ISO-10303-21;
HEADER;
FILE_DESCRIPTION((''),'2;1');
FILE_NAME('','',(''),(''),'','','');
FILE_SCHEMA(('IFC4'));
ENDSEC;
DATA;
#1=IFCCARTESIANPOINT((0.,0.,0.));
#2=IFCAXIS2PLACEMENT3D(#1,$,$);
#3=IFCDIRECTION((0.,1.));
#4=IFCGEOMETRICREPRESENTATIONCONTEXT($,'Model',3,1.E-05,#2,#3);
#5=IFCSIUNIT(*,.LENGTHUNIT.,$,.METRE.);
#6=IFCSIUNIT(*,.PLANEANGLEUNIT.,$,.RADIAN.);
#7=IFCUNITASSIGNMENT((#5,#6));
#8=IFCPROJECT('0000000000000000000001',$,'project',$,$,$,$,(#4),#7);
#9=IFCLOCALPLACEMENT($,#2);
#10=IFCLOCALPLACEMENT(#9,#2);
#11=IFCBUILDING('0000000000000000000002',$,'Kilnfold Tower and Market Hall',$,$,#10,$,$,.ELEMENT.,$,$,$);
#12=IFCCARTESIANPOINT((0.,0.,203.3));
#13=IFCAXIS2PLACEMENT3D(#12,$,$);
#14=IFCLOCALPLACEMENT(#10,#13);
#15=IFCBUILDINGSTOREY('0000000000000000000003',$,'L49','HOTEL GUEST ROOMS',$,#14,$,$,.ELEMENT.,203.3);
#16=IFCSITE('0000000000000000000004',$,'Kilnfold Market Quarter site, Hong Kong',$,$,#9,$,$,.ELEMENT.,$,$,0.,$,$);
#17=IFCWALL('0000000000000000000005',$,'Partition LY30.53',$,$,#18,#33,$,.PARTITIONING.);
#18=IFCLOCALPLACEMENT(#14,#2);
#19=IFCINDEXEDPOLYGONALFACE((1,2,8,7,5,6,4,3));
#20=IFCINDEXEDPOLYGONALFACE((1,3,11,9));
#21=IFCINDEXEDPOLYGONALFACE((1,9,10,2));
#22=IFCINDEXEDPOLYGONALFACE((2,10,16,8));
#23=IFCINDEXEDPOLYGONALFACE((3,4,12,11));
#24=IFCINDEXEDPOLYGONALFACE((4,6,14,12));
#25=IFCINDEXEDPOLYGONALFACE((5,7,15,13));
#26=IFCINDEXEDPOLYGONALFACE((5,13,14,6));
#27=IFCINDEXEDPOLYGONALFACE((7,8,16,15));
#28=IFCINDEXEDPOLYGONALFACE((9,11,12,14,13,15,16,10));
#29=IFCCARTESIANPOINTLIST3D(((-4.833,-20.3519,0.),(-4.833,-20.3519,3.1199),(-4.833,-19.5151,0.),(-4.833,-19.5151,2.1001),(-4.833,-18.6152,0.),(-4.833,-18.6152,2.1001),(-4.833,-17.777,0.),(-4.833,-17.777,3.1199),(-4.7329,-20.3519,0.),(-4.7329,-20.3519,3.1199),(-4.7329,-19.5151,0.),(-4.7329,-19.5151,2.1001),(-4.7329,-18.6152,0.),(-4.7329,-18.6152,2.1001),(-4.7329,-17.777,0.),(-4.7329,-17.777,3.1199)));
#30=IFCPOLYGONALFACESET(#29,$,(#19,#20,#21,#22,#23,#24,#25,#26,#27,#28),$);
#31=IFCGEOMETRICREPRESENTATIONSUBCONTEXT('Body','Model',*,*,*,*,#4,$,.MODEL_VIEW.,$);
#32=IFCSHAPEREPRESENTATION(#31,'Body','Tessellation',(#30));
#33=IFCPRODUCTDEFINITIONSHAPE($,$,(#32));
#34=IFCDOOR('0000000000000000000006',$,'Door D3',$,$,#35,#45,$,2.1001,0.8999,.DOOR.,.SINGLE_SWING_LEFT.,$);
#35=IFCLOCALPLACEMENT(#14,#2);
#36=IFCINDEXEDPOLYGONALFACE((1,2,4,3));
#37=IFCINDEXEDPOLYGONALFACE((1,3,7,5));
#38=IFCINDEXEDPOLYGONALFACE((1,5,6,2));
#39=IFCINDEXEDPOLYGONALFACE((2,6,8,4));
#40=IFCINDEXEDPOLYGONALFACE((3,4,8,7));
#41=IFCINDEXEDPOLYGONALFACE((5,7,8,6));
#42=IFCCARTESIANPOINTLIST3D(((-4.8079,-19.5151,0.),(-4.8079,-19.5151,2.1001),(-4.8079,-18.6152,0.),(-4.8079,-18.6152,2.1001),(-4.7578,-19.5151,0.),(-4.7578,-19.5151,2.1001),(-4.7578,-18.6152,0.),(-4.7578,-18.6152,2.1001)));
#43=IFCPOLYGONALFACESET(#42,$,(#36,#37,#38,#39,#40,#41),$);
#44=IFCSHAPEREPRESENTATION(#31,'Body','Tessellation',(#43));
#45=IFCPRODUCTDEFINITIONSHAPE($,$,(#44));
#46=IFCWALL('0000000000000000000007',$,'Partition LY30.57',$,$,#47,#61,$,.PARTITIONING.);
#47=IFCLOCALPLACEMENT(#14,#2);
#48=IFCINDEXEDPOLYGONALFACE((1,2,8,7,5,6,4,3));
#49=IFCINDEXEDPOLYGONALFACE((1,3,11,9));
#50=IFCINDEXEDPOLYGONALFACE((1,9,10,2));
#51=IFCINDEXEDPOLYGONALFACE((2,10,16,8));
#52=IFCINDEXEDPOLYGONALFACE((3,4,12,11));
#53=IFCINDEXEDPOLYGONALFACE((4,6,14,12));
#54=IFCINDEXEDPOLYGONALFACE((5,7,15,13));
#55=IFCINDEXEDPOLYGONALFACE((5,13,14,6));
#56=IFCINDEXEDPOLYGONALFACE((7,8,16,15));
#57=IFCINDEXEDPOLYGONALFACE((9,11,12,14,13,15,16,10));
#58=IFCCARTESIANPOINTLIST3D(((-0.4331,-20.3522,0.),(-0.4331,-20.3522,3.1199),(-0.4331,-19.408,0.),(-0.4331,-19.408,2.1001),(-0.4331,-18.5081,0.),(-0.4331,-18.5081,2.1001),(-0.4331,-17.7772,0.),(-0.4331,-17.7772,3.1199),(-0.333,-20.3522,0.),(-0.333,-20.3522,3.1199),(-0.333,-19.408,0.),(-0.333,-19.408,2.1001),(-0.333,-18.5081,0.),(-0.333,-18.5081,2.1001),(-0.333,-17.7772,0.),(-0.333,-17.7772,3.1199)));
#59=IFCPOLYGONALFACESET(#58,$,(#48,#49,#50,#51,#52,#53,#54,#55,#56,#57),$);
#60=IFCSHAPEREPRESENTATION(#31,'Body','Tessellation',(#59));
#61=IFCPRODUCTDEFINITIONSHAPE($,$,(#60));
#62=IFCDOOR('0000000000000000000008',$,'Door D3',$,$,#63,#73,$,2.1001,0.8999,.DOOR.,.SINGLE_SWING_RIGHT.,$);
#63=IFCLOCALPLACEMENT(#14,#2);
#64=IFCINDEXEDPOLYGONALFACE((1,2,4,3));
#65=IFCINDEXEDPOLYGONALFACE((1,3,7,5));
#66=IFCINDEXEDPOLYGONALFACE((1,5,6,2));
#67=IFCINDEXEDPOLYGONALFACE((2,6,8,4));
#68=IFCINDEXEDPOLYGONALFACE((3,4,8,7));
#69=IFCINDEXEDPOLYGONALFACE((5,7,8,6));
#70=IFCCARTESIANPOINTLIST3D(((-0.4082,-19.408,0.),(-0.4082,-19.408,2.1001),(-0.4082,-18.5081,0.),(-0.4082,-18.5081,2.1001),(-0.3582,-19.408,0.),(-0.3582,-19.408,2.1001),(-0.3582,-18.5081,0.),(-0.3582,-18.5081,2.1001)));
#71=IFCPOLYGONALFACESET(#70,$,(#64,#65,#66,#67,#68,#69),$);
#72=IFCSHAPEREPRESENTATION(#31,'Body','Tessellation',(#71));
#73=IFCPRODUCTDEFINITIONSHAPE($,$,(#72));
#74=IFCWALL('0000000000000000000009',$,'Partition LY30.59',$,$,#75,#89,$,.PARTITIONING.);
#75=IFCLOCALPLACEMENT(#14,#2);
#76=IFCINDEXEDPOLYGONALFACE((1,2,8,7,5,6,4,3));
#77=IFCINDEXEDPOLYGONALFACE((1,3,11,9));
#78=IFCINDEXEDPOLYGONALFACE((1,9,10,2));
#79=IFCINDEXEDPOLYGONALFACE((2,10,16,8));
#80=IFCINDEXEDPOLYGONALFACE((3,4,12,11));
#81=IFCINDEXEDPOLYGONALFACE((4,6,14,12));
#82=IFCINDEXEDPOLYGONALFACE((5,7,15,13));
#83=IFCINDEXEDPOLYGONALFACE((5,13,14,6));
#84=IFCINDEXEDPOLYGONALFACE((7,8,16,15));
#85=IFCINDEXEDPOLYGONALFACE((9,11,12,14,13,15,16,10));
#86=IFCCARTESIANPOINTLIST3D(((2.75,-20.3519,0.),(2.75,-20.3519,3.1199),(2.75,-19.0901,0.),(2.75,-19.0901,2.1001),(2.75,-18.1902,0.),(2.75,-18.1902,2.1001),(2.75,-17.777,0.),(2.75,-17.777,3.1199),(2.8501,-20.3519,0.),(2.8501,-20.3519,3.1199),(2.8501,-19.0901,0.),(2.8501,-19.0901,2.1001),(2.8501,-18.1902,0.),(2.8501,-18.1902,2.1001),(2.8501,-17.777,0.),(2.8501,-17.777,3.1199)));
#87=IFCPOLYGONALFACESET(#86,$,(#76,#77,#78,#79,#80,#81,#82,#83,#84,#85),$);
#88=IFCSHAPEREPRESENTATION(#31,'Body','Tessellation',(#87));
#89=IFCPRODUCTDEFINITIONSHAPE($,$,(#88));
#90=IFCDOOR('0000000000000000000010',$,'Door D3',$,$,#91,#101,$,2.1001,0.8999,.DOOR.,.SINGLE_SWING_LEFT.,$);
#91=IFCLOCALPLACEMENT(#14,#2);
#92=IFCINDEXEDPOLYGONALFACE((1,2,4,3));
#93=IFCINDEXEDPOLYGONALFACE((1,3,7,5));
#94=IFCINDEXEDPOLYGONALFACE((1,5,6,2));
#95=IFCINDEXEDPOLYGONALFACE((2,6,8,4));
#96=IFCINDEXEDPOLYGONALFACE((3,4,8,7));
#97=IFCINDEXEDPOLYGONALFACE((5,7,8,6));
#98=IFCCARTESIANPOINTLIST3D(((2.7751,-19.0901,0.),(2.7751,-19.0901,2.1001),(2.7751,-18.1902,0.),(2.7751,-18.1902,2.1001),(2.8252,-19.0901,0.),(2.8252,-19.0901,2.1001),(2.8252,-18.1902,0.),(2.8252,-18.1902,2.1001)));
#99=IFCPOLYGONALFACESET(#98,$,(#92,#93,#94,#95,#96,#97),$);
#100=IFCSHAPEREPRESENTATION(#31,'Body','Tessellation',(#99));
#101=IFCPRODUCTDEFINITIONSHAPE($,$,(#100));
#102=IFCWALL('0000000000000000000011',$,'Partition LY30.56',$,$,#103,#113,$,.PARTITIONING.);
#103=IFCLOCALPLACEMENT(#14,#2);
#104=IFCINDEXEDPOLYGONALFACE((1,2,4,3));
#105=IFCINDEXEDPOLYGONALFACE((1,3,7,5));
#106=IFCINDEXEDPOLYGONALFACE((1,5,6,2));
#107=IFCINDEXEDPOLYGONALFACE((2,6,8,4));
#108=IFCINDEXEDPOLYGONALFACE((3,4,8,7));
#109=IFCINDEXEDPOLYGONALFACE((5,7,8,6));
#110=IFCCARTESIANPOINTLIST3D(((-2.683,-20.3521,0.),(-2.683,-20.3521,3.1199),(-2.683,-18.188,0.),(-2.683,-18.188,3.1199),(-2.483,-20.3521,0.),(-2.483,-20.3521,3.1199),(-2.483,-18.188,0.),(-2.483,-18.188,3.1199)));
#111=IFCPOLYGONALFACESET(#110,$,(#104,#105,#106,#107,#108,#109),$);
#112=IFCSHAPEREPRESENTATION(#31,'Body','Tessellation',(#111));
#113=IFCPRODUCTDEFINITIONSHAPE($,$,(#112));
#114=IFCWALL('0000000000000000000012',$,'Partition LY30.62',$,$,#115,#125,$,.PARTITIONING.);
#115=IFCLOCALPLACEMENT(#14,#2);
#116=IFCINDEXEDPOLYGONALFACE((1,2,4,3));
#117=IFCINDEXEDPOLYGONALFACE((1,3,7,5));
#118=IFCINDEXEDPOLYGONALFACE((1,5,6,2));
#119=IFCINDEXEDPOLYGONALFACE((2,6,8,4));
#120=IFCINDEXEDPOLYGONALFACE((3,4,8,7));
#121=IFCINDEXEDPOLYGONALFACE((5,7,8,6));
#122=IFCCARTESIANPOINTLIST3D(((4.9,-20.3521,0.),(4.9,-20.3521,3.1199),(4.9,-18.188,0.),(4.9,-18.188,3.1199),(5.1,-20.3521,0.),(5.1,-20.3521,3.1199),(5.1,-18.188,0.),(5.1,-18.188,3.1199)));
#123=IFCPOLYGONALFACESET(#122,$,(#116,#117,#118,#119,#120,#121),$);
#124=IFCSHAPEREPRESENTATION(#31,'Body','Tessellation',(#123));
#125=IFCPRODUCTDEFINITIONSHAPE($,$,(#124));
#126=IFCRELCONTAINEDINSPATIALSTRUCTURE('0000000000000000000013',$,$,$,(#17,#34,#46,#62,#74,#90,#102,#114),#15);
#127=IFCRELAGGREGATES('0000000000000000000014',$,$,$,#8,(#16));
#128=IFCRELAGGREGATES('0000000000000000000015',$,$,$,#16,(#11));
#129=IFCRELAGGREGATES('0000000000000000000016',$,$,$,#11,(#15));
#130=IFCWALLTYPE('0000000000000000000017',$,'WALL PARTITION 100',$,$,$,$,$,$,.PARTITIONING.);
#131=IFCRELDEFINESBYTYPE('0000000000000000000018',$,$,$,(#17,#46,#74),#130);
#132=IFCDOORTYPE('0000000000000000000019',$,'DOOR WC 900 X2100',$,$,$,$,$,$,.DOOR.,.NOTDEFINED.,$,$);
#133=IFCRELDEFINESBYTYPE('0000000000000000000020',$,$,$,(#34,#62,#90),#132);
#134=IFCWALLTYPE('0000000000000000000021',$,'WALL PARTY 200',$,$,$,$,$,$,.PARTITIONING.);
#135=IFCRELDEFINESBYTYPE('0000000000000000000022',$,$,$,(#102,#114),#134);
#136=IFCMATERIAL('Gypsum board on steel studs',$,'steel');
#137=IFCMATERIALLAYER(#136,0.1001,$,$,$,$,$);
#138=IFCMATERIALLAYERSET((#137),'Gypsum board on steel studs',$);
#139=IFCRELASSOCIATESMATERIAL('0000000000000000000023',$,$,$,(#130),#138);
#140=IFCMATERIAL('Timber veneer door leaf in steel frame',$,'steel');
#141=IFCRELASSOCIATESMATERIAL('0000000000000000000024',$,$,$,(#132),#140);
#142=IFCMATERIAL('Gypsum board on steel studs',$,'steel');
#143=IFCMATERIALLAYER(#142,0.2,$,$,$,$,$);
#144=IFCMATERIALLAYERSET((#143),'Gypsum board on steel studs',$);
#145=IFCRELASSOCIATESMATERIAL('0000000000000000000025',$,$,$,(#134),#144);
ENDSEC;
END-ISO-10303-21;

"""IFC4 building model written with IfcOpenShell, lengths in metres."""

from ifc_helpers import new_model, si_unit, direction, frame, frame_2d, origin, place, context, subcontext, project, spatial, rectangle, extrude, material, layer, layer_set, type_object, element, fill, save


model = new_model("IFC4")

# Units and contexts
model_context = context("Model", 3, precision=1e-05, world=origin(), true_north=direction((0.0, 1.0)))
body_context = subcontext(model_context, "Body", "Model", "MODEL_VIEW")
ifc_project = project(units=[si_unit("LENGTHUNIT", "METRE"), si_unit("PLANEANGLEUNIT", "RADIAN")], contexts=[model_context])

# Site, building, storey
site_placement = place(None, origin())
site = spatial("IfcSite", under=ifc_project, at=site_placement, Name="Kilnfold Market Quarter site, Hong Kong", CompositionType="ELEMENT", RefElevation=0.0)
building_placement = place(site_placement, origin())
building = spatial("IfcBuilding", under=site, at=building_placement, Name="Kilnfold Tower and Market Hall", CompositionType="ELEMENT")
storey_placement = place(building_placement, frame((0.0, 0.0, 203.3)))
storey = spatial("IfcBuildingStorey", under=building, at=storey_placement, Name="L49", Description="HOTEL GUEST ROOMS", CompositionType="ELEMENT", Elevation=203.3)

# Walls, openings, doors
ifc_material_1 = material(Name="Gypsum board on steel studs", Category="steel")
ifc_layer_1 = layer(ifc_material_1, 0.1001)
ifc_layer_set_1 = layer_set([ifc_layer_1], Name="Gypsum board on steel studs")
wall_type_1 = type_object("IfcWallType", Name="WALL PARTITION 100", PredefinedType="PARTITIONING", material=ifc_layer_set_1)
ifc_material_2 = material(Name="Timber veneer door leaf in steel frame", Category="steel")
door_type_1 = type_object("IfcDoorType", Name="DOOR WC 900 X2100", OperationType="NOTDEFINED", PredefinedType="DOOR", material=ifc_material_2)
wall_1_placement = place(storey_placement, frame((-4.783, -20.3521, 0.0), z_axis=(0.0, 0.0, 1.0), x_axis=(0.0, 1.0, 0.0)))
wall_1 = element("IfcWall", 1, at=wall_1_placement, inside=storey, type_object=wall_type_1, Name="Partition LY30.53", PredefinedType="PARTITIONING", context=body_context, shape_type="SweptSolid", body=[
    extrude(rectangle(XDim=2.575, YDim=0.1001, at=frame_2d((1.2876, 0.0))), origin(), (0.0, 0.0, 1.0), 3.1199),
])
opening_1_placement = place(wall_1_placement, frame((0.8369, 0.0, 0.0)))
opening_1 = element("IfcOpeningElement", 2, at=opening_1_placement, cuts=wall_1, PredefinedType="OPENING", context=body_context, shape_type="SweptSolid", body=[
    extrude(rectangle(XDim=0.8999, YDim=2.1001, at=frame_2d((0.45, 1.05))), frame((0.0, 0.0601, 0.0), z_axis=(0.0, -1.0, 0.0), x_axis=(1.0, 0.0, 0.0)), (0.0, 0.0, 1.0), 0.1201),
])
door_1_placement = place(opening_1_placement, origin())
door_1 = element("IfcDoor", 3, at=door_1_placement, inside=storey, type_object=door_type_1, Name="Door D3", OperationType="SINGLE_SWING_LEFT", OverallHeight=2.1001, OverallWidth=0.8999, PredefinedType="DOOR", context=body_context, shape_type="SweptSolid", body=[
    extrude(rectangle(XDim=0.8999, YDim=2.1001, at=frame_2d((0.45, 1.05))), frame((0.0, 0.0249, 0.0), z_axis=(0.0, -1.0, 0.0), x_axis=(1.0, 0.0, 0.0)), (0.0, 0.0, 1.0), 0.05),
])
fill(opening_1, door_1)
wall_2_placement = place(storey_placement, frame((-0.3831, -17.7771, 0.0), z_axis=(0.0, 0.0, 1.0), x_axis=(0.0, -1.0, 0.0)))
wall_2 = element("IfcWall", 4, at=wall_2_placement, inside=storey, type_object=wall_type_1, Name="Partition LY30.57", PredefinedType="PARTITIONING", context=body_context, shape_type="SweptSolid", body=[
    extrude(rectangle(XDim=2.575, YDim=0.1001, at=frame_2d((1.2876, 0.0))), origin(), (0.0, 0.0, 1.0), 3.1199),
])
opening_2_placement = place(wall_2_placement, frame((0.731, 0.0, 0.0)))
opening_2 = element("IfcOpeningElement", 5, at=opening_2_placement, cuts=wall_2, PredefinedType="OPENING", context=body_context, shape_type="SweptSolid", body=[
    extrude(rectangle(XDim=0.8999, YDim=2.1001, at=frame_2d((0.45, 1.05))), frame((0.0, 0.0601, 0.0), z_axis=(0.0, -1.0, 0.0), x_axis=(1.0, 0.0, 0.0)), (0.0, 0.0, 1.0), 0.1201),
])
door_2_placement = place(opening_2_placement, origin())
door_2 = element("IfcDoor", 6, at=door_2_placement, inside=storey, type_object=door_type_1, Name="Door D3", OperationType="SINGLE_SWING_RIGHT", OverallHeight=2.1001, OverallWidth=0.8999, PredefinedType="DOOR", context=body_context, shape_type="SweptSolid", body=[
    extrude(rectangle(XDim=0.8999, YDim=2.1001, at=frame_2d((0.45, 1.05))), frame((0.0, 0.0249, 0.0), z_axis=(0.0, -1.0, 0.0), x_axis=(1.0, 0.0, 0.0)), (0.0, 0.0, 1.0), 0.05),
])
fill(opening_2, door_2)
wall_3_placement = place(storey_placement, frame((2.8, -20.3521, 0.0), z_axis=(0.0, 0.0, 1.0), x_axis=(0.0, 1.0, 0.0)))
wall_3 = element("IfcWall", 7, at=wall_3_placement, inside=storey, type_object=wall_type_1, Name="Partition LY30.59", PredefinedType="PARTITIONING", context=body_context, shape_type="SweptSolid", body=[
    extrude(rectangle(XDim=2.575, YDim=0.1001, at=frame_2d((1.2876, 0.0))), origin(), (0.0, 0.0, 1.0), 3.1199),
])
opening_3_placement = place(wall_3_placement, frame((1.262, 0.0, 0.0)))
opening_3 = element("IfcOpeningElement", 8, at=opening_3_placement, cuts=wall_3, PredefinedType="OPENING", context=body_context, shape_type="SweptSolid", body=[
    extrude(rectangle(XDim=0.8999, YDim=2.1001, at=frame_2d((0.45, 1.05))), frame((0.0, 0.0601, 0.0), z_axis=(0.0, -1.0, 0.0), x_axis=(1.0, 0.0, 0.0)), (0.0, 0.0, 1.0), 0.1201),
])
door_3_placement = place(opening_3_placement, origin())
door_3 = element("IfcDoor", 9, at=door_3_placement, inside=storey, type_object=door_type_1, Name="Door D3", OperationType="SINGLE_SWING_LEFT", OverallHeight=2.1001, OverallWidth=0.8999, PredefinedType="DOOR", context=body_context, shape_type="SweptSolid", body=[
    extrude(rectangle(XDim=0.8999, YDim=2.1001, at=frame_2d((0.45, 1.05))), frame((0.0, 0.0249, 0.0), z_axis=(0.0, -1.0, 0.0), x_axis=(1.0, 0.0, 0.0)), (0.0, 0.0, 1.0), 0.05),
])
fill(opening_3, door_3)

# Walls
ifc_material_3 = material(Name="Gypsum board on steel studs", Category="steel")
ifc_layer_2 = layer(ifc_material_3, 0.2)
ifc_layer_set_2 = layer_set([ifc_layer_2], Name="Gypsum board on steel studs")
wall_type_2 = type_object("IfcWallType", Name="WALL PARTY 200", PredefinedType="PARTITIONING", material=ifc_layer_set_2)
for number, where, z_axis, x_axis, name in (
    (10, (-2.583, -20.3521, 0.0), (0.0, 0.0, 1.0), (0.0, 1.0, 0.0), "Partition LY30.56"),
    (11, (5.0, -20.3521, 0.0), (0.0, 0.0, 1.0), (0.0, 1.0, 0.0), "Partition LY30.62"),
):
    element("IfcWall", number, at=place(storey_placement, frame(where, z_axis=z_axis, x_axis=x_axis)), inside=storey, type_object=wall_type_2, Name=name, PredefinedType="PARTITIONING", context=body_context, shape_type="SweptSolid", body=[
        extrude(rectangle(XDim=2.1641, YDim=0.2, at=frame_2d((1.082, 0.0))), origin(), (0.0, 0.0, 1.0), 3.1199),
    ])

save(model, "model.ifc")
